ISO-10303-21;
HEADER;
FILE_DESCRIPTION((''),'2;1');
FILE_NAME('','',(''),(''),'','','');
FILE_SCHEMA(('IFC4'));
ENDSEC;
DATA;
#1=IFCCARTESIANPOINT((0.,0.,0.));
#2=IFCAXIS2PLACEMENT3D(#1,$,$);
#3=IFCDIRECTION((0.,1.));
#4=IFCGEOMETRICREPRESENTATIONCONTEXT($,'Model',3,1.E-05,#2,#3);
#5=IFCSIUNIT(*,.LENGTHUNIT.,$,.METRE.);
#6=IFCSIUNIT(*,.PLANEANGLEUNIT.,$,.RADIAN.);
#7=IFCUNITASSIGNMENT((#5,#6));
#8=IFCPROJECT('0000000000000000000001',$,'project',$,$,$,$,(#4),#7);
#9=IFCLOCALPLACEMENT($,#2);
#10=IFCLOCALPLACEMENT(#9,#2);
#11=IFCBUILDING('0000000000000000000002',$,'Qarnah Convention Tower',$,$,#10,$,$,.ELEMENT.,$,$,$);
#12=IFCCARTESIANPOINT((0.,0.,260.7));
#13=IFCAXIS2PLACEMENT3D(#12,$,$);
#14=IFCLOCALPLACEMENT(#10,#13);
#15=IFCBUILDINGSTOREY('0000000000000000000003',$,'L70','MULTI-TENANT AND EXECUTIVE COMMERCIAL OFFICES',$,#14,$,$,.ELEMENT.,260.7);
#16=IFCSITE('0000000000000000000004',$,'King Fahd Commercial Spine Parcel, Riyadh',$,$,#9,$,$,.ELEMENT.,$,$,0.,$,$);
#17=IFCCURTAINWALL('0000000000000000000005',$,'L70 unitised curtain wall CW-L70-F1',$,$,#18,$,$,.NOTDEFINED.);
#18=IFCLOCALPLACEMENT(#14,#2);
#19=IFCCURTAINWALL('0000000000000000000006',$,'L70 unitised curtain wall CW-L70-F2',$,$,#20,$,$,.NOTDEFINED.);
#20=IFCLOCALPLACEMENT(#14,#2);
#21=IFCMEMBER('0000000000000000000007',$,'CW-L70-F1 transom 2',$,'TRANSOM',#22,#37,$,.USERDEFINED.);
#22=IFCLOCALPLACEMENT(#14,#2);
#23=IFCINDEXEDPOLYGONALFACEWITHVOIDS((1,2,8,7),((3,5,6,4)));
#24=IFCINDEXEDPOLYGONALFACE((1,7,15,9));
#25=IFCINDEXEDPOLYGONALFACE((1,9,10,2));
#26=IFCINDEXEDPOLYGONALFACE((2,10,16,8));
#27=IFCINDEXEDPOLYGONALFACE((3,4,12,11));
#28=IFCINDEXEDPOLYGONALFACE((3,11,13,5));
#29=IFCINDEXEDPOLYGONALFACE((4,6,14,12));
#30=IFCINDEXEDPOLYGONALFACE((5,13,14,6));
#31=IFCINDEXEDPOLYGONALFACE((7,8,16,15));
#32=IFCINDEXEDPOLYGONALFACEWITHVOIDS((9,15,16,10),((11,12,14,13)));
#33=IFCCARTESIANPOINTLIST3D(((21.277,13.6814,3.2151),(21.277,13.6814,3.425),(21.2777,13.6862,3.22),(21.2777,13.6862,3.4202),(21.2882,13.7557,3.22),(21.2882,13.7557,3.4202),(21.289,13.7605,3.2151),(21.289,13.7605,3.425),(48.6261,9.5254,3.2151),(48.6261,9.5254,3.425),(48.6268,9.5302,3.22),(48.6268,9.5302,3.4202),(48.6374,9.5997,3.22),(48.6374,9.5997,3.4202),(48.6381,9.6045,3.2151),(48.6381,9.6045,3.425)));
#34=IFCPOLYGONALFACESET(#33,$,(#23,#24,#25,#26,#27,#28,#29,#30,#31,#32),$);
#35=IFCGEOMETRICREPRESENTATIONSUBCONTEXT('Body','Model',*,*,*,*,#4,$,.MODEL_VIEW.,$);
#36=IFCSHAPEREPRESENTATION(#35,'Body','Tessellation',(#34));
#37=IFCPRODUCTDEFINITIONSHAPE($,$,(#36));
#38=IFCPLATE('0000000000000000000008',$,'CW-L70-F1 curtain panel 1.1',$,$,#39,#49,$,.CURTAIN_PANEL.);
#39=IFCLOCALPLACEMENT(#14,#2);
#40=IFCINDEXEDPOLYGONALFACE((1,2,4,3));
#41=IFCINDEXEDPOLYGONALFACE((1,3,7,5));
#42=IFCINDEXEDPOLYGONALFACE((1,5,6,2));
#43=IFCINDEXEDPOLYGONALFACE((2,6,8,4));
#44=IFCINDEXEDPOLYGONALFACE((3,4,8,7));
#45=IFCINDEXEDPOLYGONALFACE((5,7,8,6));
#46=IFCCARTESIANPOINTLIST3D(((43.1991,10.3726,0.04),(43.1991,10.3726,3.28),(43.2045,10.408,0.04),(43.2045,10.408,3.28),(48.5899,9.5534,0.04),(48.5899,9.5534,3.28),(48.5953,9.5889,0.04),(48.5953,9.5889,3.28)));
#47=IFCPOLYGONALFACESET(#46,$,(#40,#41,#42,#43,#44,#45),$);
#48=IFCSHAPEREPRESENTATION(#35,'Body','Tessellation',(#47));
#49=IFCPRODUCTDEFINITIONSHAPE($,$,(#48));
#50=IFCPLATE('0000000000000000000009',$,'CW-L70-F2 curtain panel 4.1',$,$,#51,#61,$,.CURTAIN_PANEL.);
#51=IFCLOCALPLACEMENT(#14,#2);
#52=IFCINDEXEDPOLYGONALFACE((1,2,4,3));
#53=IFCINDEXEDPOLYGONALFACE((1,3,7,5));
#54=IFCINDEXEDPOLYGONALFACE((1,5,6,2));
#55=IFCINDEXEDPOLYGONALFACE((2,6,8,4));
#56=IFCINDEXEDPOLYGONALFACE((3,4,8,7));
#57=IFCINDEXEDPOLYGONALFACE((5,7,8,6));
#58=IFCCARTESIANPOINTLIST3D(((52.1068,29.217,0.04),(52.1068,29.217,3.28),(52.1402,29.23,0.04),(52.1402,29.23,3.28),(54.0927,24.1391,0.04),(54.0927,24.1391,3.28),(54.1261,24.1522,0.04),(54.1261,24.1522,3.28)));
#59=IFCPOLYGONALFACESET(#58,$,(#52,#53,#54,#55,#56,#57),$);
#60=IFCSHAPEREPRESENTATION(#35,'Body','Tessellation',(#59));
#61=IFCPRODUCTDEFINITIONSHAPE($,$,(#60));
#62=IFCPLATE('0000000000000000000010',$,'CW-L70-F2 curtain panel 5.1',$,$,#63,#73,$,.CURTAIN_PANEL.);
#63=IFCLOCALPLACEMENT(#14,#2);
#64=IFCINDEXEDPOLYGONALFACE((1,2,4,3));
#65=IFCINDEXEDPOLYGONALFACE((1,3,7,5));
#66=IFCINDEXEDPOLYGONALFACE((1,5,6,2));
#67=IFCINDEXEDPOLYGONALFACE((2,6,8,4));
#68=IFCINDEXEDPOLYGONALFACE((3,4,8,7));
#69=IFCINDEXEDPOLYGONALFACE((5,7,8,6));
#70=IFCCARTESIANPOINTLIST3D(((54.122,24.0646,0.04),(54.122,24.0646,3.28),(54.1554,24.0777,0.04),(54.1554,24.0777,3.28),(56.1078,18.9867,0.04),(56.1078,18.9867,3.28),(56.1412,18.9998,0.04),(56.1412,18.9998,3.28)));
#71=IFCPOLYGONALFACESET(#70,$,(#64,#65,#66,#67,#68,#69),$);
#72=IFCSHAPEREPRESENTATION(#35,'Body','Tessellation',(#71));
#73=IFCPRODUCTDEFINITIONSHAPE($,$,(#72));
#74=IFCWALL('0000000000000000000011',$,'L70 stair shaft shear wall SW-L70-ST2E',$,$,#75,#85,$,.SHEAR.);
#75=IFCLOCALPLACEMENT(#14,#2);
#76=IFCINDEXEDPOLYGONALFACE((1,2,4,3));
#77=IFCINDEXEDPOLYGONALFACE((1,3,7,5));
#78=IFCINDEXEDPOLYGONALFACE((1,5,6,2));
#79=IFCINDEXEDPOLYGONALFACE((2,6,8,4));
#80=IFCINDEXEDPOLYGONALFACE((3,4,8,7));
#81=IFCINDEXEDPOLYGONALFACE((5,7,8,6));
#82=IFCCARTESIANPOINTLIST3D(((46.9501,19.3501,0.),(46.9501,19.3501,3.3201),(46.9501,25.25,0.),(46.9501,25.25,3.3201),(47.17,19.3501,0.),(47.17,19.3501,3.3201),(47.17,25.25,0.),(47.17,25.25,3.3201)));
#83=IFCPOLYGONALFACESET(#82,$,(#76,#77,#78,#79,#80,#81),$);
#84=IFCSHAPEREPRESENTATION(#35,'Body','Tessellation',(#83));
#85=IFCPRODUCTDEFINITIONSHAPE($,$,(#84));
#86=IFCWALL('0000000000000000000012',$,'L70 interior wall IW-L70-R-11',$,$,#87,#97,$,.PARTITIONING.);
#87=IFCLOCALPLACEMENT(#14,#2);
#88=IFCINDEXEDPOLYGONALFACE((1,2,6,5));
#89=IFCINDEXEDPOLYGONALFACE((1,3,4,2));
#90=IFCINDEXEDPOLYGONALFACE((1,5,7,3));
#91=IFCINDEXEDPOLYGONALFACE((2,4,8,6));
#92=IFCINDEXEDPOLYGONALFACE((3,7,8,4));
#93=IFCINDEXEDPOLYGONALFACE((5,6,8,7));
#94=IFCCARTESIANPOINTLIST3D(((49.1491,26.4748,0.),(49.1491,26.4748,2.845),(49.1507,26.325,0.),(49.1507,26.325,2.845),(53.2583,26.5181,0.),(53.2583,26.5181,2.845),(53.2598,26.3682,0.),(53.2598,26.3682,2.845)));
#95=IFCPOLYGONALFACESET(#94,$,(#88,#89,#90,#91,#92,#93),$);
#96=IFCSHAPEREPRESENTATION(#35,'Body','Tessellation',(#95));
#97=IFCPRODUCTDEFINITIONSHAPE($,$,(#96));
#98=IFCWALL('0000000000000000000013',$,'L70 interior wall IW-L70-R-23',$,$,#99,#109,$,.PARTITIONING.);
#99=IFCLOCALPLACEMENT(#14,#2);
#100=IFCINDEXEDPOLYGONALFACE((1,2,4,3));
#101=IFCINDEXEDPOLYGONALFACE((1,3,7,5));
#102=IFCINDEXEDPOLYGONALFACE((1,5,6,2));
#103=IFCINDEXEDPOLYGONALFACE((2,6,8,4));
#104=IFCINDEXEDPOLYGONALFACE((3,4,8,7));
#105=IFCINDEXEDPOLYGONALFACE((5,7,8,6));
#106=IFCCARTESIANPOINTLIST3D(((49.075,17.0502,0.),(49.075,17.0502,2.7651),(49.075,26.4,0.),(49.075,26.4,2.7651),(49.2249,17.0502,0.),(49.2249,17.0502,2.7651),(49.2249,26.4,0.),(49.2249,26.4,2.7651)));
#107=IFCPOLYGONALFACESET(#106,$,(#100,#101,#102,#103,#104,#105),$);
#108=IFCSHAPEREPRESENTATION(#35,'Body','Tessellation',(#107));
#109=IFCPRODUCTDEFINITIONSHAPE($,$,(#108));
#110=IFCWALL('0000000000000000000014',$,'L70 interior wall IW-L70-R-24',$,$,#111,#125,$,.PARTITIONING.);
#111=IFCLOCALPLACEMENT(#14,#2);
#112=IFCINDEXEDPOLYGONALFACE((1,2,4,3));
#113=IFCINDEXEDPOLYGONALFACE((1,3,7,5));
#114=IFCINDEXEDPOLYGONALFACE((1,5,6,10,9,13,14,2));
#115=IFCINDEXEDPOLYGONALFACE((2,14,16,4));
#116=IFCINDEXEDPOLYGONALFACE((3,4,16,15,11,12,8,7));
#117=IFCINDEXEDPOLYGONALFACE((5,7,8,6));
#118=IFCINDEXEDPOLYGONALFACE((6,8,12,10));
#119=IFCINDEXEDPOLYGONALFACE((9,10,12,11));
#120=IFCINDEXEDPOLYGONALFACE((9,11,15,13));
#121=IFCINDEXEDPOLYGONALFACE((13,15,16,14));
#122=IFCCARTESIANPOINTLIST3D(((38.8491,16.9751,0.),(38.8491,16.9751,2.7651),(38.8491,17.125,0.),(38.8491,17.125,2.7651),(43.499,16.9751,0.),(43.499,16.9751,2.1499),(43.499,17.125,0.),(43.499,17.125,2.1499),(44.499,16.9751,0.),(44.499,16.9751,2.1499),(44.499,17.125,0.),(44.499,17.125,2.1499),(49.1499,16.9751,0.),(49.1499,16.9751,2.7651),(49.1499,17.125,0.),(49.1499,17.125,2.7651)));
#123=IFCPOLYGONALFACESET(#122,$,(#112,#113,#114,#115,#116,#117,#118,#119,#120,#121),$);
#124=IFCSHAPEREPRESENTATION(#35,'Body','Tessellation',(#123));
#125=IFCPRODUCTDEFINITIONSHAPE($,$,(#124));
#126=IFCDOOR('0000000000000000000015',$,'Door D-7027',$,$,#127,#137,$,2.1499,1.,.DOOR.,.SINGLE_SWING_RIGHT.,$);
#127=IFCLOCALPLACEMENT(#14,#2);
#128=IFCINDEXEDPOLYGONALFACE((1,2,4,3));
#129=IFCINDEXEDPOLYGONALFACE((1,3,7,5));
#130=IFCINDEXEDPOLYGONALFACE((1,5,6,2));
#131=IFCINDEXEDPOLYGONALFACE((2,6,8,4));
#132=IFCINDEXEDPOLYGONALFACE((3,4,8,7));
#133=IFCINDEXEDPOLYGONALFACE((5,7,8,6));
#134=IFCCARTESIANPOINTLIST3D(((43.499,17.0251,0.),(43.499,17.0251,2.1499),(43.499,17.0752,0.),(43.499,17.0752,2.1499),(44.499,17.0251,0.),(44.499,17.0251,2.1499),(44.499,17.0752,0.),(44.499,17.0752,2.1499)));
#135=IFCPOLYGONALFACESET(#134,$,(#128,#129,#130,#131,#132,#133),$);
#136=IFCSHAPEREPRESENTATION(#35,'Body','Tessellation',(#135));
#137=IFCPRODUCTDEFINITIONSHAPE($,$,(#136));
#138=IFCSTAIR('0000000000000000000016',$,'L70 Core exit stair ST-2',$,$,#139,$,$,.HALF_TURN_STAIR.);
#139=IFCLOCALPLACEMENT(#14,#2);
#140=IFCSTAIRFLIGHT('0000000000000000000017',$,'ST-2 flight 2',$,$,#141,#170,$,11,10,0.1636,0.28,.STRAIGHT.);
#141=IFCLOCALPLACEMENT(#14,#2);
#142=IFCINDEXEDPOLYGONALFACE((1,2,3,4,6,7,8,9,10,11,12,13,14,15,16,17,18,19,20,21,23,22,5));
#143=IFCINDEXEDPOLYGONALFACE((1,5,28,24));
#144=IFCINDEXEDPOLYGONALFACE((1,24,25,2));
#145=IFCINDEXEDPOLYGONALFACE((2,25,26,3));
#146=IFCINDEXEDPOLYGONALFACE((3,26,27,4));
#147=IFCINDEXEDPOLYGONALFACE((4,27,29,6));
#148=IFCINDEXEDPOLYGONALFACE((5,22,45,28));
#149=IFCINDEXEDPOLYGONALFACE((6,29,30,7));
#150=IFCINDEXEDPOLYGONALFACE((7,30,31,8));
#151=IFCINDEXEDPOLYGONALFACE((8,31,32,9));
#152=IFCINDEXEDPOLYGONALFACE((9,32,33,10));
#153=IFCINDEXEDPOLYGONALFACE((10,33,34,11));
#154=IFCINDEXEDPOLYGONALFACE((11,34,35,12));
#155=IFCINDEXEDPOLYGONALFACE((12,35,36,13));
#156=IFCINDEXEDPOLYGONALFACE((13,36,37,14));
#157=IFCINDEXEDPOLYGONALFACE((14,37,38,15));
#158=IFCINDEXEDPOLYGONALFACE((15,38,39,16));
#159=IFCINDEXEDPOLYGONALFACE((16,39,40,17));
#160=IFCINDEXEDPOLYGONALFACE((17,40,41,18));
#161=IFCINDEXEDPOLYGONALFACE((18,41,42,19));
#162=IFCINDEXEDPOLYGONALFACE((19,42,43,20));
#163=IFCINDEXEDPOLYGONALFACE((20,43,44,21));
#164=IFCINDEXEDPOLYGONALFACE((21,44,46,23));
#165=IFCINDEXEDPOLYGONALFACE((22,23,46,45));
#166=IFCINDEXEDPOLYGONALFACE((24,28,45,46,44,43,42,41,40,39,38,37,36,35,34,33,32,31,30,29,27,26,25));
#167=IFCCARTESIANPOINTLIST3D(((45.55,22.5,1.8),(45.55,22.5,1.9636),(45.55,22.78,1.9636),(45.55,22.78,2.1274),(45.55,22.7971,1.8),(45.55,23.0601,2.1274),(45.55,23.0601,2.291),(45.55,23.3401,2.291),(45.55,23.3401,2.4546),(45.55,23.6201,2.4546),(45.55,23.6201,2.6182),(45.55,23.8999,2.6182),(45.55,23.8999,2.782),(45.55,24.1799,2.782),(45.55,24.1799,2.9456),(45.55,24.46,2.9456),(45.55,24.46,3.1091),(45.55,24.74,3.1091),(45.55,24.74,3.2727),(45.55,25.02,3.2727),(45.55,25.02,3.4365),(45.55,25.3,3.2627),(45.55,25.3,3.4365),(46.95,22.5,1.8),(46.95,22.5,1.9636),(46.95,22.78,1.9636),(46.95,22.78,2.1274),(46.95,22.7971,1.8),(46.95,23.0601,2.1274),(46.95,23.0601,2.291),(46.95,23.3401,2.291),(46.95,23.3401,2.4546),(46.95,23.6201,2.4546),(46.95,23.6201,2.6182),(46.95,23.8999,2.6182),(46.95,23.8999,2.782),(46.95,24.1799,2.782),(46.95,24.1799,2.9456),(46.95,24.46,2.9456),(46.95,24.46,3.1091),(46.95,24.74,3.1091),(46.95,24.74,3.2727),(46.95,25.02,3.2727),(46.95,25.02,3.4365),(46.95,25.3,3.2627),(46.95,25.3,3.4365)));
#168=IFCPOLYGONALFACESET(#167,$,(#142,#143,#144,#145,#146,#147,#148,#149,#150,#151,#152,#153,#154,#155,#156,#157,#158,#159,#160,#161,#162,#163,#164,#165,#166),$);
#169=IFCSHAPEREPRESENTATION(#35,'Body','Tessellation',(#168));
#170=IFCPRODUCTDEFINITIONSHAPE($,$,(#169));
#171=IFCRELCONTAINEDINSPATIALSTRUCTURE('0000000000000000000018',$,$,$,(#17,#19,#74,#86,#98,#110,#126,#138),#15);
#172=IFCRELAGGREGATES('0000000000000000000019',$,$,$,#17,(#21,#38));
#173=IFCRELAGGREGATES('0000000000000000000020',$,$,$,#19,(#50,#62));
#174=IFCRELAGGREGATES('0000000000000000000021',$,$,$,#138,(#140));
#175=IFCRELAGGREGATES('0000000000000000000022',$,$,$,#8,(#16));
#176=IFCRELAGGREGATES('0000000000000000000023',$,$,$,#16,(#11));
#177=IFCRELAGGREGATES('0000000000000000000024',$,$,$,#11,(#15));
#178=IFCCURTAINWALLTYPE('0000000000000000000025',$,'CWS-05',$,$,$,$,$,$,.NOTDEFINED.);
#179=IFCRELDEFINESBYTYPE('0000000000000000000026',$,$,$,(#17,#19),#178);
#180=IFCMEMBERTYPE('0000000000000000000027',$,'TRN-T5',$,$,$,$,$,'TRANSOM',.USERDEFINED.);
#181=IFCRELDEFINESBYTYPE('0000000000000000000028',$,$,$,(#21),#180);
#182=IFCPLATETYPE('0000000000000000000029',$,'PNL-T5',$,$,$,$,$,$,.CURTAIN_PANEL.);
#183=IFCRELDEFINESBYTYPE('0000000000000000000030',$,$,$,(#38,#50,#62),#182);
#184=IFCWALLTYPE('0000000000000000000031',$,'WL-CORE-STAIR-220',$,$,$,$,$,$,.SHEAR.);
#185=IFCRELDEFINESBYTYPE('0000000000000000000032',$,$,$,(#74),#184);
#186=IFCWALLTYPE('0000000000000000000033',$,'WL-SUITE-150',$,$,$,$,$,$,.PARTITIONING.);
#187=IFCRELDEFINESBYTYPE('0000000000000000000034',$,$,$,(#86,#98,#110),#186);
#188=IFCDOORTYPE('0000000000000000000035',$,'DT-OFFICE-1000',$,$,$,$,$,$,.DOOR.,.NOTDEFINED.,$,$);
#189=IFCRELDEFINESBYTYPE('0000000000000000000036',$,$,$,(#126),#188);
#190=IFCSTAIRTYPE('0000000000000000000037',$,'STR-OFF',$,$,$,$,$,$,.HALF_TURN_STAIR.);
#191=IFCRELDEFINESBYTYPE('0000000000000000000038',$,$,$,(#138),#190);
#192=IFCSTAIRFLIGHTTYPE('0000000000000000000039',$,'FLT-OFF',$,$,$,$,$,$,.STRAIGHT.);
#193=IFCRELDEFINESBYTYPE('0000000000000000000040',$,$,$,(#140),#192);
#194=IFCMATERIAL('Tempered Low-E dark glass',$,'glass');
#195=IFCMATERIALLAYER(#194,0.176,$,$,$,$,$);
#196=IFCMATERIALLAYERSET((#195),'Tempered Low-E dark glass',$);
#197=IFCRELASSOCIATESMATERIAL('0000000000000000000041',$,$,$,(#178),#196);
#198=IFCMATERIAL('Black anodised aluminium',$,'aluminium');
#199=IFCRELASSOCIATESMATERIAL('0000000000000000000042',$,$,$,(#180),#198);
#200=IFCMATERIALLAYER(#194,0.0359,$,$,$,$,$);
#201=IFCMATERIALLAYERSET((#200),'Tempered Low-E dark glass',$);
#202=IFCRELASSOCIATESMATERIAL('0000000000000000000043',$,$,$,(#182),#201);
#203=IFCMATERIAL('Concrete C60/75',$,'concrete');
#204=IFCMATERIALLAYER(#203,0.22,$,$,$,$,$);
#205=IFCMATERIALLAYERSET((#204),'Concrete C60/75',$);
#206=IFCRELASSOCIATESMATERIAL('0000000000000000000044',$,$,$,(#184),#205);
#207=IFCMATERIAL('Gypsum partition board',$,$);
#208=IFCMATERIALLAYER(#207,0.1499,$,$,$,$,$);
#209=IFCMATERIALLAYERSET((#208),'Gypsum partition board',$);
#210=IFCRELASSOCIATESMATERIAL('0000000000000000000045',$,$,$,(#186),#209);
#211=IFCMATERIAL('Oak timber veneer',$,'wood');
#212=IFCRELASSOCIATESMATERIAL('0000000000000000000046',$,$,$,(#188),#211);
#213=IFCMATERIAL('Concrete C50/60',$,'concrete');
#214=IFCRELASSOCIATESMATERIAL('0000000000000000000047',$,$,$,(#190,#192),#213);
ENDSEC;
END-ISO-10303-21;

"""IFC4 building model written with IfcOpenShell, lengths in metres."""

from ifc_helpers import new_model, si_unit, direction, frame, frame_2d, origin, origin_2d, place, context, subcontext, project, spatial, polyline, rectangle, hollow_rectangle, outline, extrude, material, layer, layer_set, material_profile, profile_set, type_object, element, fill, aggregate, save


model = new_model("IFC4")

# Units and contexts
model_context = context("Model", 3, precision=1e-05, world=origin(), true_north=direction((0.0, 1.0)))
body_context = subcontext(model_context, "Body", "Model", "MODEL_VIEW")
ifc_project = project(units=[si_unit("LENGTHUNIT", "METRE"), si_unit("PLANEANGLEUNIT", "RADIAN")], contexts=[model_context])

# Site, building, storey
site_placement = place(None, origin())
site = spatial("IfcSite", under=ifc_project, at=site_placement, Name="King Fahd Commercial Spine Parcel, Riyadh", CompositionType="ELEMENT", RefElevation=0.0)
building_placement = place(site_placement, origin())
building = spatial("IfcBuilding", under=site, at=building_placement, Name="Qarnah Convention Tower", CompositionType="ELEMENT")
storey_placement = place(building_placement, frame((0.0, 0.0, 260.7)))
storey = spatial("IfcBuildingStorey", under=building, at=storey_placement, Name="L70", Description="MULTI-TENANT AND EXECUTIVE COMMERCIAL OFFICES", CompositionType="ELEMENT", Elevation=260.7)

# Shared definitions
ifc_material_1 = material(Name="Concrete C50/60", Category="concrete")

# Curtain wall
ifc_material_2 = material(Name="Tempered Low-E dark glass", Category="glass")
ifc_layer_1 = layer(ifc_material_2, 0.176)
ifc_layer_set_1 = layer_set([ifc_layer_1], Name="Tempered Low-E dark glass")
curtain_wall_type = type_object("IfcCurtainWallType", Name="CWS-05", PredefinedType="NOTDEFINED", material=ifc_layer_set_1)
curtain_wall_1_placement = place(storey_placement, origin())
curtain_wall_1 = element("IfcCurtainWall", 1, at=curtain_wall_1_placement, inside=storey, type_object=curtain_wall_type, Name="L70 unitised curtain wall CW-L70-F1", PredefinedType="NOTDEFINED")
ifc_material_3 = material(Name="Black anodised aluminium", Category="aluminium")

# Curtain wall
curtain_wall_2_placement = place(storey_placement, origin())
curtain_wall_2 = element("IfcCurtainWall", 2, at=curtain_wall_2_placement, inside=storey, type_object=curtain_wall_type, Name="L70 unitised curtain wall CW-L70-F2", PredefinedType="NOTDEFINED")

# Member
ifc_material_profile_1 = material_profile(ifc_material_3, hollow_rectangle(XDim=0.0801, YDim=0.21, WallThickness=0.0049, at=origin_2d()), Name="TRN-80X210")
ifc_profile_set_1 = profile_set([ifc_material_profile_1], Name="Black anodised aluminium")
member_type_1 = type_object("IfcMemberType", Name="TRN-T5", ElementType="TRANSOM", PredefinedType="USERDEFINED", material=ifc_profile_set_1)
member_1_placement = place(storey_placement, frame((48.6321, 9.5649, 3.3201), z_axis=(-0.98865, 0.150236, 0.0), x_axis=(-0.150236, -0.98865, 0.0)))
member_1 = element("IfcMember", 3, at=member_1_placement, type_object=member_type_1, Name="CW-L70-F1 transom 2", ObjectType="TRANSOM", PredefinedType="USERDEFINED", context=body_context, shape_type="SweptSolid", body=[
    extrude(hollow_rectangle(XDim=0.0801, YDim=0.21, WallThickness=0.0049, at=origin_2d()), origin(), (0.0, 0.0, 1.0), 27.6631),
])

# Plates
ifc_layer_2 = layer(ifc_material_2, 0.0359)
ifc_layer_set_2 = layer_set([ifc_layer_2], Name="Tempered Low-E dark glass")
plate_type = type_object("IfcPlateType", Name="PNL-T5", PredefinedType="CURTAIN_PANEL", material=ifc_layer_set_2)
plate_1_placement = place(storey_placement, frame((45.8972, 9.9807, 0.04), z_axis=(0.0, 0.0, 1.0), x_axis=(-0.98865, 0.150237, 0.0)))
plate_1 = element("IfcPlate", 4, at=plate_1_placement, type_object=plate_type, Name="CW-L70-F1 curtain panel 1.1", PredefinedType="CURTAIN_PANEL", context=body_context, shape_type="SweptSolid", body=[
    extrude(rectangle(XDim=5.4526, YDim=0.0359, at=origin_2d()), origin(), (0.0, 0.0, 1.0), 3.24),
])
aggregate(curtain_wall_1, [member_1, plate_1])
plate_2_placement = place(storey_placement, frame((53.1165, 26.6846, 0.04), z_axis=(0.0, 0.0, 1.0), x_axis=(0.364218, -0.931314, 0.0)))
plate_2 = element("IfcPlate", 5, at=plate_2_placement, type_object=plate_type, Name="CW-L70-F2 curtain panel 4.1", PredefinedType="CURTAIN_PANEL", context=body_context, shape_type="SweptSolid", body=[
    extrude(rectangle(XDim=5.4524, YDim=0.0359, at=origin_2d()), origin(), (0.0, 0.0, 1.0), 3.24),
])
plate_3_placement = place(storey_placement, frame((55.1316, 21.5322, 0.04), z_axis=(0.0, 0.0, 1.0), x_axis=(0.364218, -0.931314, 0.0)))
plate_3 = element("IfcPlate", 6, at=plate_3_placement, type_object=plate_type, Name="CW-L70-F2 curtain panel 5.1", PredefinedType="CURTAIN_PANEL", context=body_context, shape_type="SweptSolid", body=[
    extrude(rectangle(XDim=5.4524, YDim=0.0359, at=origin_2d()), origin(), (0.0, 0.0, 1.0), 3.24),
])
aggregate(curtain_wall_2, [plate_2, plate_3])

# Shared definitions
ifc_material_4 = material(Name="Concrete C60/75", Category="concrete")

# Wall
ifc_layer_3 = layer(ifc_material_4, 0.22)
ifc_layer_set_3 = layer_set([ifc_layer_3], Name="Concrete C60/75")
wall_type_1 = type_object("IfcWallType", Name="WL-CORE-STAIR-220", PredefinedType="SHEAR", material=ifc_layer_set_3)
wall_1_placement = place(storey_placement, frame((47.0601, 19.3501, 0.0), z_axis=(0.0, 0.0, 1.0), x_axis=(0.0, 1.0, 0.0)))
element("IfcWall", 7, at=wall_1_placement, inside=storey, type_object=wall_type_1, Name="L70 stair shaft shear wall SW-L70-ST2E", PredefinedType="SHEAR", context=body_context, shape_type="SweptSolid", body=[
    extrude(rectangle(XDim=5.8999, YDim=0.22, at=frame_2d((2.95, 0.0))), origin(), (0.0, 0.0, 1.0), 3.3201),
])

# Walls
ifc_material_5 = material(Name="Gypsum partition board")
ifc_layer_4 = layer(ifc_material_5, 0.1499)
ifc_layer_set_4 = layer_set([ifc_layer_4], Name="Gypsum partition board")
wall_type_2 = type_object("IfcWallType", Name="WL-SUITE-150", PredefinedType="PARTITIONING", material=ifc_layer_set_4)
wall_2_placement = place(storey_placement, frame((49.1499, 26.3999, 0.0), z_axis=(0.0, 0.0, 1.0), x_axis=(0.999945, 0.010516, 0.0)))
element("IfcWall", 8, at=wall_2_placement, inside=storey, type_object=wall_type_2, Name="L70 interior wall IW-L70-R-11", PredefinedType="PARTITIONING", context=body_context, shape_type="SweptSolid", body=[
    extrude(rectangle(XDim=4.1094, YDim=0.1499, at=frame_2d((2.0547, 0.0))), origin(), (0.0, 0.0, 1.0), 2.845),
])
wall_3_placement = place(storey_placement, frame((49.1499, 26.3999, 0.0), z_axis=(0.0, 0.0, 1.0), x_axis=(0.0, -1.0, 0.0)))
element("IfcWall", 9, at=wall_3_placement, inside=storey, type_object=wall_type_2, Name="L70 interior wall IW-L70-R-23", PredefinedType="PARTITIONING", context=body_context, shape_type="SweptSolid", body=[
    extrude(rectangle(XDim=9.3499, YDim=0.1499, at=frame_2d((4.6748, 0.0))), origin(), (0.0, 0.0, 1.0), 2.7651),
])

# Wall, opening, door
wall_4_placement = place(storey_placement, frame((49.1499, 17.05, 0.0), z_axis=(0.0, 0.0, 1.0), x_axis=(-1.0, 0.0, 0.0)))
wall_4 = element("IfcWall", 10, at=wall_4_placement, inside=storey, type_object=wall_type_2, Name="L70 interior wall IW-L70-R-24", PredefinedType="PARTITIONING", context=body_context, shape_type="SweptSolid", body=[
    extrude(rectangle(XDim=10.3008, YDim=0.1499, at=frame_2d((5.1504, 0.0))), origin(), (0.0, 0.0, 1.0), 2.7651),
])
opening_1_placement = place(wall_4_placement, frame((4.6509, 0.0, 0.0)))
opening_1 = element("IfcOpeningElement", 11, at=opening_1_placement, cuts=wall_4, PredefinedType="OPENING", context=body_context, shape_type="SweptSolid", body=[
    extrude(rectangle(XDim=1.0, YDim=2.1499, at=frame_2d((0.5, 1.075))), frame((0.0, 0.085, 0.0), z_axis=(0.0, -1.0, 0.0), x_axis=(1.0, 0.0, 0.0)), (0.0, 0.0, 1.0), 0.1699),
])
ifc_material_6 = material(Name="Oak timber veneer", Category="wood")
door_type_1 = type_object("IfcDoorType", Name="DT-OFFICE-1000", OperationType="NOTDEFINED", PredefinedType="DOOR", material=ifc_material_6)
door_1_placement = place(opening_1_placement, origin())
door_1 = element("IfcDoor", 12, at=door_1_placement, inside=storey, type_object=door_type_1, Name="Door D-7027", OperationType="SINGLE_SWING_RIGHT", OverallHeight=2.1499, OverallWidth=1.0, PredefinedType="DOOR", context=body_context, shape_type="SweptSolid", body=[
    extrude(rectangle(XDim=1.0, YDim=2.1499, at=frame_2d((0.5, 1.075))), frame((0.0, 0.0249, 0.0), z_axis=(0.0, -1.0, 0.0), x_axis=(1.0, 0.0, 0.0)), (0.0, 0.0, 1.0), 0.05),
])
fill(opening_1, door_1)

# Stair, stair flight
stair_type = type_object("IfcStairType", Name="STR-OFF", PredefinedType="HALF_TURN_STAIR", material=ifc_material_1)
stair_placement = place(storey_placement, origin())
stair = element("IfcStair", 13, at=stair_placement, inside=storey, type_object=stair_type, Name="L70 Core exit stair ST-2", PredefinedType="HALF_TURN_STAIR")
stair_flight_type = type_object("IfcStairFlightType", Name="FLT-OFF", PredefinedType="STRAIGHT", material=ifc_material_1)
stair_flight_placement = place(storey_placement, frame((46.25, 22.5, 1.8), z_axis=(0.0, 0.0, 1.0), x_axis=(0.0, 1.0, 0.0)))
stair_flight = element("IfcStairFlight", 14, at=stair_flight_placement, type_object=stair_flight_type, Name="ST-2 flight 2", NumberOfRisers=11, NumberOfTreads=10, PredefinedType="STRAIGHT", RiserHeight=0.1636, TreadLength=0.28, context=body_context, shape_type="SweptSolid", body=[
    extrude(outline(polyline([(0.0, 0.0), (0.0, 0.1636), (0.28, 0.1636), (0.28, 0.3274), (0.5601, 0.3274), (0.5601, 0.491), (0.8401, 0.491), (0.8401, 0.6545), (1.1201, 0.6545), (1.1201, 0.8181), (1.3999, 0.8181), (1.3999, 0.9819), (1.6799, 0.9819), (1.6799, 1.1455), (1.96, 1.1455), (1.96, 1.3091), (2.24, 1.3091), (2.24, 1.4727), (2.52, 1.4727), (2.52, 1.6365), (2.8, 1.6365), (2.8, 1.8), (2.8, 1.4626), (0.2971, 0.0), (0.0, 0.0)])), frame((0.0, 0.7, 0.0), z_axis=(0.0, -1.0, 0.0), x_axis=(1.0, 0.0, 0.0)), (0.0, 0.0, 1.0), 1.3999),
])
aggregate(stair, [stair_flight])

save(model, "model.ifc")
